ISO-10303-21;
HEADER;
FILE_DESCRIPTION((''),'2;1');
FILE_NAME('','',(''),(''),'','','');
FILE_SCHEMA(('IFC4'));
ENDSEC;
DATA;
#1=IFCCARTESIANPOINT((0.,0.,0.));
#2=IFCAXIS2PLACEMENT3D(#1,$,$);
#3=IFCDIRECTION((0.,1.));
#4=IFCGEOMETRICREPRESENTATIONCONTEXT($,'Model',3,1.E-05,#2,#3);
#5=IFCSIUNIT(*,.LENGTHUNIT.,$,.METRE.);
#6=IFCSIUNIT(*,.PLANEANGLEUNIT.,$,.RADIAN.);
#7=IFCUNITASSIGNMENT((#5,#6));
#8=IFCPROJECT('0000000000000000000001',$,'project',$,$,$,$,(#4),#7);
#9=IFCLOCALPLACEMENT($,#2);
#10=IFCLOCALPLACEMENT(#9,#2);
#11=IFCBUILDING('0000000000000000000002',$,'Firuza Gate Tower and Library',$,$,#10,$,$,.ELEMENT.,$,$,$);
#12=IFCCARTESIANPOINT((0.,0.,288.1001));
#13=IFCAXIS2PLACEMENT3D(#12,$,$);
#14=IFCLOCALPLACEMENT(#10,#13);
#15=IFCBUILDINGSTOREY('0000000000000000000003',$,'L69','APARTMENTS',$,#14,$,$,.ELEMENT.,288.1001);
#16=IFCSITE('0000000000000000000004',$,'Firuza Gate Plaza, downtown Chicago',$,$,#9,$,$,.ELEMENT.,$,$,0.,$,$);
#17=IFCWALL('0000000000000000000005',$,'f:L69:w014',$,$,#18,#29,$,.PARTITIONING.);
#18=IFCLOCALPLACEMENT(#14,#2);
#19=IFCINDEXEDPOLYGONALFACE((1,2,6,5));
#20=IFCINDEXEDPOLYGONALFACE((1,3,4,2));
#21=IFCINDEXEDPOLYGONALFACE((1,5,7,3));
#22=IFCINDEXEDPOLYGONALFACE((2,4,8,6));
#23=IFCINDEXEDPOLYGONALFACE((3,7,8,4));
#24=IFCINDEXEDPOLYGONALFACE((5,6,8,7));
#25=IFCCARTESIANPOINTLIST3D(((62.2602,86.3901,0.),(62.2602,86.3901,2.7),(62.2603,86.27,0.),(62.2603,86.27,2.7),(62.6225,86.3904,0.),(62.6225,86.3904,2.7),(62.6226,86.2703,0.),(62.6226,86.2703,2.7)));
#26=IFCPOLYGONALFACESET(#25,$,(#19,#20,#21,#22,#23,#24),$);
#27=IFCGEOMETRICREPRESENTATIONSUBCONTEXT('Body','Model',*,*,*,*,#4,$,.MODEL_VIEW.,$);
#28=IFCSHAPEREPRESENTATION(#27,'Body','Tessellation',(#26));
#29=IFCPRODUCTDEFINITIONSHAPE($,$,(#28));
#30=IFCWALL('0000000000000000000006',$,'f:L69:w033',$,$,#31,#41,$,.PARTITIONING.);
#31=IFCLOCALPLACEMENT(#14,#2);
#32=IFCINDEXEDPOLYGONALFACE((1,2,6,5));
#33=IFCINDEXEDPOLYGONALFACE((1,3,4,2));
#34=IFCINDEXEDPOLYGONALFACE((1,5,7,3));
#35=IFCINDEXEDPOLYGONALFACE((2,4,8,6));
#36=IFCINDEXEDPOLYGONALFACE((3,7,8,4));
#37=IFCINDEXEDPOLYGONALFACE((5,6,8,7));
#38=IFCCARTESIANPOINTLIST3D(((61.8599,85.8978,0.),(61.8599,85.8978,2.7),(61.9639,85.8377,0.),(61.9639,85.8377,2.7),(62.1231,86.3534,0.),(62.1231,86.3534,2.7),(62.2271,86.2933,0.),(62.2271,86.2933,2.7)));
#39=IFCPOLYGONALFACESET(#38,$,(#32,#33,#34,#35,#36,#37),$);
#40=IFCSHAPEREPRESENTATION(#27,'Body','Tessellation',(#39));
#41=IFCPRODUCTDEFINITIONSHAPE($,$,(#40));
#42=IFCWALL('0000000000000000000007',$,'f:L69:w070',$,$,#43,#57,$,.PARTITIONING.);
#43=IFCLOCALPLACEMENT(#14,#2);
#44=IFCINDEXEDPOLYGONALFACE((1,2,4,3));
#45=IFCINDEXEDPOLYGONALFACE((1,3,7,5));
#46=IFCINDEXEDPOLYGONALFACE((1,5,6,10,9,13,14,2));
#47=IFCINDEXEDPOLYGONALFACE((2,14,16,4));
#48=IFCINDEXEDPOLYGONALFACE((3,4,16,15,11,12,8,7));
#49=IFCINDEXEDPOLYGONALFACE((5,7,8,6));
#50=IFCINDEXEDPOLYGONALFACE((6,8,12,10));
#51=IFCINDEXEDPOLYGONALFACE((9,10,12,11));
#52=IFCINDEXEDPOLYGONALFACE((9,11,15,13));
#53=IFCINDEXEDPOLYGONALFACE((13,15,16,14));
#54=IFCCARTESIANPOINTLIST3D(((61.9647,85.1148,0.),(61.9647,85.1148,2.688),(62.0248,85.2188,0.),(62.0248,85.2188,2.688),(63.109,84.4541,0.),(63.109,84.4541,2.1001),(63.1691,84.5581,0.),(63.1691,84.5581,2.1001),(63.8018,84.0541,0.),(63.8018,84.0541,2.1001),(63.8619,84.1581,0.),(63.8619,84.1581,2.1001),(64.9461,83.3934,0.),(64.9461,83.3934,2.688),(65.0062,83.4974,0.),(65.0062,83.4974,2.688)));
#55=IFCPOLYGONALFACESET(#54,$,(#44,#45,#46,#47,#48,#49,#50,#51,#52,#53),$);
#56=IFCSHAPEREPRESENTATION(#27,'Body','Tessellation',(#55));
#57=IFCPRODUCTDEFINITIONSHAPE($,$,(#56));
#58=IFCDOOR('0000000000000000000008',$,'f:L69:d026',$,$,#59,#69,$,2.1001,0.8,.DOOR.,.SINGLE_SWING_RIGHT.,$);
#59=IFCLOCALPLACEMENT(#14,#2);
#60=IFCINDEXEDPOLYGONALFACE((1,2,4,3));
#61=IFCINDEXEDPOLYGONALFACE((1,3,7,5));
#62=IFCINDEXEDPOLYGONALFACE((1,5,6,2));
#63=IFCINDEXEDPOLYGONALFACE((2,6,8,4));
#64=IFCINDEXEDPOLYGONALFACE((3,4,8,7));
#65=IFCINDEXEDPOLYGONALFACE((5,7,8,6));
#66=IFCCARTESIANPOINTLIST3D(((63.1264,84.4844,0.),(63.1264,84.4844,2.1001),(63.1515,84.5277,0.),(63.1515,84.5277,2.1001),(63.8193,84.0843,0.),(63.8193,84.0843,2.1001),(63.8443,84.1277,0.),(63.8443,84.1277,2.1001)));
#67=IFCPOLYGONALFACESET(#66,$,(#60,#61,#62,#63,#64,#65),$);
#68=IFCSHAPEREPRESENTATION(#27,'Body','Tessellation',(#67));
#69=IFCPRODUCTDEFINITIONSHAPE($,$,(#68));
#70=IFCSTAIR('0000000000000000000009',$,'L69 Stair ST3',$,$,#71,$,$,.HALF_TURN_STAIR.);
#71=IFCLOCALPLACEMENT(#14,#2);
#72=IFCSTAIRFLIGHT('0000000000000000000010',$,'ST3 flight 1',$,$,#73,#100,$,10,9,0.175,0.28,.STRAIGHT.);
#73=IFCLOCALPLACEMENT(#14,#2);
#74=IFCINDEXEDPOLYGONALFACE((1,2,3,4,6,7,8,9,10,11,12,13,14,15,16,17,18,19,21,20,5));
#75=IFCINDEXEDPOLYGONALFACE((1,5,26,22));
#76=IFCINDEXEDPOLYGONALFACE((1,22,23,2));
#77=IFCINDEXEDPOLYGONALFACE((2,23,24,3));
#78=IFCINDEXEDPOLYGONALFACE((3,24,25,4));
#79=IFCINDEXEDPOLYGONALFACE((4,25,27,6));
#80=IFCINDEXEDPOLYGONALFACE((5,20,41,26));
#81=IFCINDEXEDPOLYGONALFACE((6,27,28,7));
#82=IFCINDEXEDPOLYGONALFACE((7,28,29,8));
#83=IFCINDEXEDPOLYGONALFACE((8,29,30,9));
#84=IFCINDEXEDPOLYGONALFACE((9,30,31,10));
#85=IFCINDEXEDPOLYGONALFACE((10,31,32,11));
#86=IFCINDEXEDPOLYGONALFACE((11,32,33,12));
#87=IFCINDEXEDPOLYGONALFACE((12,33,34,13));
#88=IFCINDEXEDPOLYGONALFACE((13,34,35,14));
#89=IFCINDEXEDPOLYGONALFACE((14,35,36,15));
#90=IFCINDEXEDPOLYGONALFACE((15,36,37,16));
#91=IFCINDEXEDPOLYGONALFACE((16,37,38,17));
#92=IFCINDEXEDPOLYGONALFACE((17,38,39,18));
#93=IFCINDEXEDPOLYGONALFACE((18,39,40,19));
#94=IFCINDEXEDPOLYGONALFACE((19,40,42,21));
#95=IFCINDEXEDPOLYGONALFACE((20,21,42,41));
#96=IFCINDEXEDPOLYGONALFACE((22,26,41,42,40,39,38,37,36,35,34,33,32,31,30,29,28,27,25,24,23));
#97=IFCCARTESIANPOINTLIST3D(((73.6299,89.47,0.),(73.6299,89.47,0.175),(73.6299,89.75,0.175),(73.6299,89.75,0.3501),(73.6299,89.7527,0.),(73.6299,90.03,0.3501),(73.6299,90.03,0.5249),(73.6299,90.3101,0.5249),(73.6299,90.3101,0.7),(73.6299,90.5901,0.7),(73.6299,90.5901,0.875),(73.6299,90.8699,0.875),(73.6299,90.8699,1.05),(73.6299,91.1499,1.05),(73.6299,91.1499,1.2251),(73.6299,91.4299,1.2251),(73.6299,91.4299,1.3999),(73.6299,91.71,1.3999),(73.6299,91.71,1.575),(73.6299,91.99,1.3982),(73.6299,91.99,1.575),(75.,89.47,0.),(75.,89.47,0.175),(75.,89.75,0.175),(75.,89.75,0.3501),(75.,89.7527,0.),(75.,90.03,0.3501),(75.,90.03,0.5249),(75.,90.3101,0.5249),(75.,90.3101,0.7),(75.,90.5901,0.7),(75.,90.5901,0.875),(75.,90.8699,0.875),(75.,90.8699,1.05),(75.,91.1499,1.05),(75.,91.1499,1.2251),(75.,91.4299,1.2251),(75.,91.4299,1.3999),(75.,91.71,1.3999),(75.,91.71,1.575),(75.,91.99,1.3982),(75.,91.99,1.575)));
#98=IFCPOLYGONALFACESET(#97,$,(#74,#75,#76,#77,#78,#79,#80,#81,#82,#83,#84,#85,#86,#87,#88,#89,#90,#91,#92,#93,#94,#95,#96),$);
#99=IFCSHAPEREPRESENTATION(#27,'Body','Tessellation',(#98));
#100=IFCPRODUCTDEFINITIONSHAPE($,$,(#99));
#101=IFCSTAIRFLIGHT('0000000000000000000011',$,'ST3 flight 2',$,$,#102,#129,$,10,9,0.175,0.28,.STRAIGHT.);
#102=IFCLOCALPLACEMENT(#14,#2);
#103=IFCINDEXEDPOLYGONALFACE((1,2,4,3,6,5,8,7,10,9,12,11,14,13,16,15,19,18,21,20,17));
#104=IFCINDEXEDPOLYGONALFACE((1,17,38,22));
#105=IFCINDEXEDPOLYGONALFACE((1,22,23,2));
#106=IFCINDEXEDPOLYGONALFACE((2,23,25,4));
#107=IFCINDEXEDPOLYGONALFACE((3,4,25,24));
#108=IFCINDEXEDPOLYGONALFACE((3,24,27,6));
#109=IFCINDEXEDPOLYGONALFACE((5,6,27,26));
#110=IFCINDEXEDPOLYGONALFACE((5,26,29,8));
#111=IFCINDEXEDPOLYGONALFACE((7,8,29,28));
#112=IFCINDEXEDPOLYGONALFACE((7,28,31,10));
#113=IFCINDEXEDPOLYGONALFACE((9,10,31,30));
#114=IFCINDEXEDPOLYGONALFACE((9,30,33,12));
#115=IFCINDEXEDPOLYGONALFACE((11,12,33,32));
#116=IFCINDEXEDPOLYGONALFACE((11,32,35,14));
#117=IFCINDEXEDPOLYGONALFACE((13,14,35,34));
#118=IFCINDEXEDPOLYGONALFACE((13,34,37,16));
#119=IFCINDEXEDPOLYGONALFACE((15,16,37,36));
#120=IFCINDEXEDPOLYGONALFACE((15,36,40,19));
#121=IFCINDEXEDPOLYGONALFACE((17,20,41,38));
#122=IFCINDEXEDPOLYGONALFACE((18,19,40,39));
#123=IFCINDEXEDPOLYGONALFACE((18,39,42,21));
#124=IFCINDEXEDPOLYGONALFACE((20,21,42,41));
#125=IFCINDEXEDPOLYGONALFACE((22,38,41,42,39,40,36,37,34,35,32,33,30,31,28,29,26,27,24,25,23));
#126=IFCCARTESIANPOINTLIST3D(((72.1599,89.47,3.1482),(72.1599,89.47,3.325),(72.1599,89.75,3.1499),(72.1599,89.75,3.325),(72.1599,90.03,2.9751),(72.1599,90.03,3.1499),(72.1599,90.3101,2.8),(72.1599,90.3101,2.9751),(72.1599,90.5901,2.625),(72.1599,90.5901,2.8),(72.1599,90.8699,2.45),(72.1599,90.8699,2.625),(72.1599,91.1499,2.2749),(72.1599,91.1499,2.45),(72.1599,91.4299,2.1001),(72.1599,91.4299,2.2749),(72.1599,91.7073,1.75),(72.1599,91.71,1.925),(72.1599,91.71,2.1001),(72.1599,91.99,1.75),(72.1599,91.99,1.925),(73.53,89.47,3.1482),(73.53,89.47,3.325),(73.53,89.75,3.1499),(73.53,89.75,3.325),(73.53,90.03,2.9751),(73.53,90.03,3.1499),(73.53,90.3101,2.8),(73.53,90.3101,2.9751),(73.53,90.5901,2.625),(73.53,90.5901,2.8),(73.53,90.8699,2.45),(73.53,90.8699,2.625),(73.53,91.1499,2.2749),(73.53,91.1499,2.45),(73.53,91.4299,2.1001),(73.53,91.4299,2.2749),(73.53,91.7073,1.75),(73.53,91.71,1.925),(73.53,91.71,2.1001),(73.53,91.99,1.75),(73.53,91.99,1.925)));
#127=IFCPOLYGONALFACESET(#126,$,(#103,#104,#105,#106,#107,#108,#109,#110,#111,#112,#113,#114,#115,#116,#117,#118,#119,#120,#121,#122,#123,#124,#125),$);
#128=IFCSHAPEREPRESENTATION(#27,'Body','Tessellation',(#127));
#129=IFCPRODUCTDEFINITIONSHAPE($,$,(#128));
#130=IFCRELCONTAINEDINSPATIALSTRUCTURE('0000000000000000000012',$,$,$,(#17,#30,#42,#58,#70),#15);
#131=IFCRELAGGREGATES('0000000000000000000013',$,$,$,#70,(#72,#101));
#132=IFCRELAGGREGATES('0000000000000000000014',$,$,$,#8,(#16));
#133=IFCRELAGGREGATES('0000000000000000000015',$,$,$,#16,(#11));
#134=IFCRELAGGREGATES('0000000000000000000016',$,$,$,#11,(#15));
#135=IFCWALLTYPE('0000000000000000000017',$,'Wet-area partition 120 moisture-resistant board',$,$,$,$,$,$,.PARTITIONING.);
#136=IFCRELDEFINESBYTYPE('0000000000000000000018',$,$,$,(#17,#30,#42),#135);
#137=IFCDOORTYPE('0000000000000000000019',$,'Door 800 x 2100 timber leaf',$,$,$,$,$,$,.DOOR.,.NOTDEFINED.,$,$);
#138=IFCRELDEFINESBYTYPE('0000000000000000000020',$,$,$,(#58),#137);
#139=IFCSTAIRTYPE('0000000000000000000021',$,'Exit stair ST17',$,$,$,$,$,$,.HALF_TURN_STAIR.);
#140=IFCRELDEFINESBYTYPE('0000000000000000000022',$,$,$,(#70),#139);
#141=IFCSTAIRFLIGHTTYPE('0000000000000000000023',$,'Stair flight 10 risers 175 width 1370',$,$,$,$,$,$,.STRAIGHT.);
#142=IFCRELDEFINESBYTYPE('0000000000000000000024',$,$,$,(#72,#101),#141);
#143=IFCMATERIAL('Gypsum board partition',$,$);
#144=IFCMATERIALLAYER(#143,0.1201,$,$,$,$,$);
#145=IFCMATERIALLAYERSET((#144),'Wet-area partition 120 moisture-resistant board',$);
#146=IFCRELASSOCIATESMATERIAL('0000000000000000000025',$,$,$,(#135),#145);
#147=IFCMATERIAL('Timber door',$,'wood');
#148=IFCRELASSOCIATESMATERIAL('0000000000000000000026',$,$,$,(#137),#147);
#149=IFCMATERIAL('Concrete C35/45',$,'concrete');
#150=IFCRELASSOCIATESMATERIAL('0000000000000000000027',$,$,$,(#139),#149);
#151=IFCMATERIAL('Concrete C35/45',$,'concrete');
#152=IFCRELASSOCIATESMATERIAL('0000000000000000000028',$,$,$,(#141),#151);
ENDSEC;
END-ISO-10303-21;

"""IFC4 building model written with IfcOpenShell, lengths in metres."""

from ifc_helpers import new_model, si_unit, direction, frame, frame_2d, origin, place, context, subcontext, project, spatial, polyline, rectangle, outline, extrude, material, layer, layer_set, type_object, element, fill, aggregate, save


model = new_model("IFC4")

# Units and contexts
model_context = context("Model", 3, precision=1e-05, world=origin(), true_north=direction((0.0, 1.0)))
body_context = subcontext(model_context, "Body", "Model", "MODEL_VIEW")
ifc_project = project(units=[si_unit("LENGTHUNIT", "METRE"), si_unit("PLANEANGLEUNIT", "RADIAN")], contexts=[model_context])

# Site, building, storey
site_placement = place(None, origin())
site = spatial("IfcSite", under=ifc_project, at=site_placement, Name="Firuza Gate Plaza, downtown Chicago", CompositionType="ELEMENT", RefElevation=0.0)
building_placement = place(site_placement, origin())
building = spatial("IfcBuilding", under=site, at=building_placement, Name="Firuza Gate Tower and Library", CompositionType="ELEMENT")
storey_placement = place(building_placement, frame((0.0, 0.0, 288.1001)))
storey = spatial("IfcBuildingStorey", under=building, at=storey_placement, Name="L69", Description="APARTMENTS", CompositionType="ELEMENT", Elevation=288.1001)

# Shared definitions
placement = place(storey_placement, origin())

# Walls
ifc_material_1 = material(Name="Gypsum board partition")
ifc_layer_1 = layer(ifc_material_1, 0.1201)
ifc_layer_set_1 = layer_set([ifc_layer_1], Name="Wet-area partition 120 moisture-resistant board")
wall_type_1 = type_object("IfcWallType", Name="Wet-area partition 120 moisture-resistant board", PredefinedType="PARTITIONING", material=ifc_layer_set_1)
wall_1_placement = place(storey_placement, frame((62.2603, 86.3301, 0.0), z_axis=(0.0, 0.0, 1.0), x_axis=(1.0, 0.000674, 0.0)))
element("IfcWall", 1, at=wall_1_placement, inside=storey, type_object=wall_type_1, Name="f:L69:w014", PredefinedType="PARTITIONING", context=body_context, shape_type="SweptSolid", body=[
    extrude(rectangle(XDim=0.3623, YDim=0.1201, at=frame_2d((0.1812, 0.0))), origin(), (0.0, 0.0, 1.0), 2.7),
])
wall_2_placement = place(storey_placement, frame((61.9119, 85.8677, 0.0), z_axis=(0.0, 0.0, 1.0), x_axis=(0.500231, 0.865892, 0.0)))
element("IfcWall", 2, at=wall_2_placement, inside=storey, type_object=wall_type_1, Name="f:L69:w033", PredefinedType="PARTITIONING", context=body_context, shape_type="SweptSolid", body=[
    extrude(rectangle(XDim=0.5261, YDim=0.1201, at=frame_2d((0.2632, 0.0))), origin(), (0.0, 0.0, 1.0), 2.7),
])

# Wall, opening, door
wall_3_placement = place(storey_placement, frame((61.9949, 85.1667, 0.0), z_axis=(0.0, 0.0, 1.0), x_axis=(0.866013, -0.500021, 0.0)))
wall_3 = element("IfcWall", 3, at=wall_3_placement, inside=storey, type_object=wall_type_1, Name="f:L69:w070", PredefinedType="PARTITIONING", context=body_context, shape_type="SweptSolid", body=[
    extrude(rectangle(XDim=3.4426, YDim=0.1201, at=frame_2d((1.7212, 0.0))), origin(), (0.0, 0.0, 1.0), 2.688),
])
opening_1_placement = place(wall_3_placement, frame((1.3213, 0.0, 0.0)))
opening_1 = element("IfcOpeningElement", 4, at=opening_1_placement, cuts=wall_3, PredefinedType="OPENING", context=body_context, shape_type="SweptSolid", body=[
    extrude(rectangle(XDim=0.8, YDim=2.1001, at=frame_2d((0.3999, 1.05))), frame((0.0, 0.0701, 0.0), z_axis=(0.0, -1.0, 0.0), x_axis=(1.0, 0.0, 0.0)), (0.0, 0.0, 1.0), 0.1401),
])
ifc_material_2 = material(Name="Timber door", Category="wood")
door_type_1 = type_object("IfcDoorType", Name="Door 800 x 2100 timber leaf", OperationType="NOTDEFINED", PredefinedType="DOOR", material=ifc_material_2)
door_1_placement = place(opening_1_placement, origin())
door_1 = element("IfcDoor", 5, at=door_1_placement, inside=storey, type_object=door_type_1, Name="f:L69:d026", OperationType="SINGLE_SWING_RIGHT", OverallHeight=2.1001, OverallWidth=0.8, PredefinedType="DOOR", context=body_context, shape_type="SweptSolid", body=[
    extrude(rectangle(XDim=0.8, YDim=2.1001, at=frame_2d((0.3999, 1.05))), frame((0.0, 0.0249, 0.0), z_axis=(0.0, -1.0, 0.0), x_axis=(1.0, 0.0, 0.0)), (0.0, 0.0, 1.0), 0.05),
])
fill(opening_1, door_1)

# Stair, stair flights
ifc_material_3 = material(Name="Concrete C35/45", Category="concrete")
stair_type = type_object("IfcStairType", Name="Exit stair ST17", PredefinedType="HALF_TURN_STAIR", material=ifc_material_3)
stair = element("IfcStair", 6, at=placement, inside=storey, type_object=stair_type, Name="L69 Stair ST3", PredefinedType="HALF_TURN_STAIR")
ifc_material_4 = material(Name="Concrete C35/45", Category="concrete")
stair_flight_type = type_object("IfcStairFlightType", Name="Stair flight 10 risers 175 width 1370", PredefinedType="STRAIGHT", material=ifc_material_4)
stair_flight_1_placement = place(storey_placement, frame((74.3149, 89.47, 0.0), z_axis=(0.0, 0.0, 1.0), x_axis=(0.0, 1.0, 0.0)))
stair_flight_1 = element("IfcStairFlight", 7, at=stair_flight_1_placement, type_object=stair_flight_type, Name="ST3 flight 1", NumberOfRisers=10, NumberOfTreads=9, PredefinedType="STRAIGHT", RiserHeight=0.175, TreadLength=0.28, context=body_context, shape_type="SweptSolid", body=[
    extrude(outline(polyline([(0.0, 0.0), (0.0, 0.175), (0.28, 0.175), (0.28, 0.3501), (0.5601, 0.3501), (0.5601, 0.5249), (0.8401, 0.5249), (0.8401, 0.7), (1.1201, 0.7), (1.1201, 0.875), (1.3999, 0.875), (1.3999, 1.05), (1.6799, 1.05), (1.6799, 1.2251), (1.96, 1.2251), (1.96, 1.3999), (2.24, 1.3999), (2.24, 1.575), (2.52, 1.575), (2.52, 1.75), (2.52, 1.3982), (0.2827, 0.0), (0.0, 0.0)])), frame((0.0, 0.6851, 0.0), z_axis=(0.0, -1.0, 0.0), x_axis=(1.0, 0.0, 0.0)), (0.0, 0.0, 1.0), 1.3701),
])
stair_flight_2_placement = place(storey_placement, frame((72.845, 91.99, 1.75), z_axis=(0.0, 0.0, 1.0), x_axis=(0.0, -1.0, 0.0)))
stair_flight_2 = element("IfcStairFlight", 8, at=stair_flight_2_placement, type_object=stair_flight_type, Name="ST3 flight 2", NumberOfRisers=10, NumberOfTreads=9, PredefinedType="STRAIGHT", RiserHeight=0.175, TreadLength=0.28, context=body_context, shape_type="SweptSolid", body=[
    extrude(outline(polyline([(0.0, 0.0), (0.0, 0.175), (0.28, 0.175), (0.28, 0.3501), (0.5601, 0.3501), (0.5601, 0.5249), (0.8401, 0.5249), (0.8401, 0.7), (1.1201, 0.7), (1.1201, 0.875), (1.3999, 0.875), (1.3999, 1.05), (1.6799, 1.05), (1.6799, 1.2251), (1.96, 1.2251), (1.96, 1.3999), (2.24, 1.3999), (2.24, 1.575), (2.52, 1.575), (2.52, 1.75), (2.52, 1.3982), (0.2827, 0.0), (0.0, 0.0)])), frame((0.0, 0.6851, 0.0), z_axis=(0.0, -1.0, 0.0), x_axis=(1.0, 0.0, 0.0)), (0.0, 0.0, 1.0), 1.3701),
])
aggregate(stair, [stair_flight_1, stair_flight_2])

save(model, "model.ifc")
